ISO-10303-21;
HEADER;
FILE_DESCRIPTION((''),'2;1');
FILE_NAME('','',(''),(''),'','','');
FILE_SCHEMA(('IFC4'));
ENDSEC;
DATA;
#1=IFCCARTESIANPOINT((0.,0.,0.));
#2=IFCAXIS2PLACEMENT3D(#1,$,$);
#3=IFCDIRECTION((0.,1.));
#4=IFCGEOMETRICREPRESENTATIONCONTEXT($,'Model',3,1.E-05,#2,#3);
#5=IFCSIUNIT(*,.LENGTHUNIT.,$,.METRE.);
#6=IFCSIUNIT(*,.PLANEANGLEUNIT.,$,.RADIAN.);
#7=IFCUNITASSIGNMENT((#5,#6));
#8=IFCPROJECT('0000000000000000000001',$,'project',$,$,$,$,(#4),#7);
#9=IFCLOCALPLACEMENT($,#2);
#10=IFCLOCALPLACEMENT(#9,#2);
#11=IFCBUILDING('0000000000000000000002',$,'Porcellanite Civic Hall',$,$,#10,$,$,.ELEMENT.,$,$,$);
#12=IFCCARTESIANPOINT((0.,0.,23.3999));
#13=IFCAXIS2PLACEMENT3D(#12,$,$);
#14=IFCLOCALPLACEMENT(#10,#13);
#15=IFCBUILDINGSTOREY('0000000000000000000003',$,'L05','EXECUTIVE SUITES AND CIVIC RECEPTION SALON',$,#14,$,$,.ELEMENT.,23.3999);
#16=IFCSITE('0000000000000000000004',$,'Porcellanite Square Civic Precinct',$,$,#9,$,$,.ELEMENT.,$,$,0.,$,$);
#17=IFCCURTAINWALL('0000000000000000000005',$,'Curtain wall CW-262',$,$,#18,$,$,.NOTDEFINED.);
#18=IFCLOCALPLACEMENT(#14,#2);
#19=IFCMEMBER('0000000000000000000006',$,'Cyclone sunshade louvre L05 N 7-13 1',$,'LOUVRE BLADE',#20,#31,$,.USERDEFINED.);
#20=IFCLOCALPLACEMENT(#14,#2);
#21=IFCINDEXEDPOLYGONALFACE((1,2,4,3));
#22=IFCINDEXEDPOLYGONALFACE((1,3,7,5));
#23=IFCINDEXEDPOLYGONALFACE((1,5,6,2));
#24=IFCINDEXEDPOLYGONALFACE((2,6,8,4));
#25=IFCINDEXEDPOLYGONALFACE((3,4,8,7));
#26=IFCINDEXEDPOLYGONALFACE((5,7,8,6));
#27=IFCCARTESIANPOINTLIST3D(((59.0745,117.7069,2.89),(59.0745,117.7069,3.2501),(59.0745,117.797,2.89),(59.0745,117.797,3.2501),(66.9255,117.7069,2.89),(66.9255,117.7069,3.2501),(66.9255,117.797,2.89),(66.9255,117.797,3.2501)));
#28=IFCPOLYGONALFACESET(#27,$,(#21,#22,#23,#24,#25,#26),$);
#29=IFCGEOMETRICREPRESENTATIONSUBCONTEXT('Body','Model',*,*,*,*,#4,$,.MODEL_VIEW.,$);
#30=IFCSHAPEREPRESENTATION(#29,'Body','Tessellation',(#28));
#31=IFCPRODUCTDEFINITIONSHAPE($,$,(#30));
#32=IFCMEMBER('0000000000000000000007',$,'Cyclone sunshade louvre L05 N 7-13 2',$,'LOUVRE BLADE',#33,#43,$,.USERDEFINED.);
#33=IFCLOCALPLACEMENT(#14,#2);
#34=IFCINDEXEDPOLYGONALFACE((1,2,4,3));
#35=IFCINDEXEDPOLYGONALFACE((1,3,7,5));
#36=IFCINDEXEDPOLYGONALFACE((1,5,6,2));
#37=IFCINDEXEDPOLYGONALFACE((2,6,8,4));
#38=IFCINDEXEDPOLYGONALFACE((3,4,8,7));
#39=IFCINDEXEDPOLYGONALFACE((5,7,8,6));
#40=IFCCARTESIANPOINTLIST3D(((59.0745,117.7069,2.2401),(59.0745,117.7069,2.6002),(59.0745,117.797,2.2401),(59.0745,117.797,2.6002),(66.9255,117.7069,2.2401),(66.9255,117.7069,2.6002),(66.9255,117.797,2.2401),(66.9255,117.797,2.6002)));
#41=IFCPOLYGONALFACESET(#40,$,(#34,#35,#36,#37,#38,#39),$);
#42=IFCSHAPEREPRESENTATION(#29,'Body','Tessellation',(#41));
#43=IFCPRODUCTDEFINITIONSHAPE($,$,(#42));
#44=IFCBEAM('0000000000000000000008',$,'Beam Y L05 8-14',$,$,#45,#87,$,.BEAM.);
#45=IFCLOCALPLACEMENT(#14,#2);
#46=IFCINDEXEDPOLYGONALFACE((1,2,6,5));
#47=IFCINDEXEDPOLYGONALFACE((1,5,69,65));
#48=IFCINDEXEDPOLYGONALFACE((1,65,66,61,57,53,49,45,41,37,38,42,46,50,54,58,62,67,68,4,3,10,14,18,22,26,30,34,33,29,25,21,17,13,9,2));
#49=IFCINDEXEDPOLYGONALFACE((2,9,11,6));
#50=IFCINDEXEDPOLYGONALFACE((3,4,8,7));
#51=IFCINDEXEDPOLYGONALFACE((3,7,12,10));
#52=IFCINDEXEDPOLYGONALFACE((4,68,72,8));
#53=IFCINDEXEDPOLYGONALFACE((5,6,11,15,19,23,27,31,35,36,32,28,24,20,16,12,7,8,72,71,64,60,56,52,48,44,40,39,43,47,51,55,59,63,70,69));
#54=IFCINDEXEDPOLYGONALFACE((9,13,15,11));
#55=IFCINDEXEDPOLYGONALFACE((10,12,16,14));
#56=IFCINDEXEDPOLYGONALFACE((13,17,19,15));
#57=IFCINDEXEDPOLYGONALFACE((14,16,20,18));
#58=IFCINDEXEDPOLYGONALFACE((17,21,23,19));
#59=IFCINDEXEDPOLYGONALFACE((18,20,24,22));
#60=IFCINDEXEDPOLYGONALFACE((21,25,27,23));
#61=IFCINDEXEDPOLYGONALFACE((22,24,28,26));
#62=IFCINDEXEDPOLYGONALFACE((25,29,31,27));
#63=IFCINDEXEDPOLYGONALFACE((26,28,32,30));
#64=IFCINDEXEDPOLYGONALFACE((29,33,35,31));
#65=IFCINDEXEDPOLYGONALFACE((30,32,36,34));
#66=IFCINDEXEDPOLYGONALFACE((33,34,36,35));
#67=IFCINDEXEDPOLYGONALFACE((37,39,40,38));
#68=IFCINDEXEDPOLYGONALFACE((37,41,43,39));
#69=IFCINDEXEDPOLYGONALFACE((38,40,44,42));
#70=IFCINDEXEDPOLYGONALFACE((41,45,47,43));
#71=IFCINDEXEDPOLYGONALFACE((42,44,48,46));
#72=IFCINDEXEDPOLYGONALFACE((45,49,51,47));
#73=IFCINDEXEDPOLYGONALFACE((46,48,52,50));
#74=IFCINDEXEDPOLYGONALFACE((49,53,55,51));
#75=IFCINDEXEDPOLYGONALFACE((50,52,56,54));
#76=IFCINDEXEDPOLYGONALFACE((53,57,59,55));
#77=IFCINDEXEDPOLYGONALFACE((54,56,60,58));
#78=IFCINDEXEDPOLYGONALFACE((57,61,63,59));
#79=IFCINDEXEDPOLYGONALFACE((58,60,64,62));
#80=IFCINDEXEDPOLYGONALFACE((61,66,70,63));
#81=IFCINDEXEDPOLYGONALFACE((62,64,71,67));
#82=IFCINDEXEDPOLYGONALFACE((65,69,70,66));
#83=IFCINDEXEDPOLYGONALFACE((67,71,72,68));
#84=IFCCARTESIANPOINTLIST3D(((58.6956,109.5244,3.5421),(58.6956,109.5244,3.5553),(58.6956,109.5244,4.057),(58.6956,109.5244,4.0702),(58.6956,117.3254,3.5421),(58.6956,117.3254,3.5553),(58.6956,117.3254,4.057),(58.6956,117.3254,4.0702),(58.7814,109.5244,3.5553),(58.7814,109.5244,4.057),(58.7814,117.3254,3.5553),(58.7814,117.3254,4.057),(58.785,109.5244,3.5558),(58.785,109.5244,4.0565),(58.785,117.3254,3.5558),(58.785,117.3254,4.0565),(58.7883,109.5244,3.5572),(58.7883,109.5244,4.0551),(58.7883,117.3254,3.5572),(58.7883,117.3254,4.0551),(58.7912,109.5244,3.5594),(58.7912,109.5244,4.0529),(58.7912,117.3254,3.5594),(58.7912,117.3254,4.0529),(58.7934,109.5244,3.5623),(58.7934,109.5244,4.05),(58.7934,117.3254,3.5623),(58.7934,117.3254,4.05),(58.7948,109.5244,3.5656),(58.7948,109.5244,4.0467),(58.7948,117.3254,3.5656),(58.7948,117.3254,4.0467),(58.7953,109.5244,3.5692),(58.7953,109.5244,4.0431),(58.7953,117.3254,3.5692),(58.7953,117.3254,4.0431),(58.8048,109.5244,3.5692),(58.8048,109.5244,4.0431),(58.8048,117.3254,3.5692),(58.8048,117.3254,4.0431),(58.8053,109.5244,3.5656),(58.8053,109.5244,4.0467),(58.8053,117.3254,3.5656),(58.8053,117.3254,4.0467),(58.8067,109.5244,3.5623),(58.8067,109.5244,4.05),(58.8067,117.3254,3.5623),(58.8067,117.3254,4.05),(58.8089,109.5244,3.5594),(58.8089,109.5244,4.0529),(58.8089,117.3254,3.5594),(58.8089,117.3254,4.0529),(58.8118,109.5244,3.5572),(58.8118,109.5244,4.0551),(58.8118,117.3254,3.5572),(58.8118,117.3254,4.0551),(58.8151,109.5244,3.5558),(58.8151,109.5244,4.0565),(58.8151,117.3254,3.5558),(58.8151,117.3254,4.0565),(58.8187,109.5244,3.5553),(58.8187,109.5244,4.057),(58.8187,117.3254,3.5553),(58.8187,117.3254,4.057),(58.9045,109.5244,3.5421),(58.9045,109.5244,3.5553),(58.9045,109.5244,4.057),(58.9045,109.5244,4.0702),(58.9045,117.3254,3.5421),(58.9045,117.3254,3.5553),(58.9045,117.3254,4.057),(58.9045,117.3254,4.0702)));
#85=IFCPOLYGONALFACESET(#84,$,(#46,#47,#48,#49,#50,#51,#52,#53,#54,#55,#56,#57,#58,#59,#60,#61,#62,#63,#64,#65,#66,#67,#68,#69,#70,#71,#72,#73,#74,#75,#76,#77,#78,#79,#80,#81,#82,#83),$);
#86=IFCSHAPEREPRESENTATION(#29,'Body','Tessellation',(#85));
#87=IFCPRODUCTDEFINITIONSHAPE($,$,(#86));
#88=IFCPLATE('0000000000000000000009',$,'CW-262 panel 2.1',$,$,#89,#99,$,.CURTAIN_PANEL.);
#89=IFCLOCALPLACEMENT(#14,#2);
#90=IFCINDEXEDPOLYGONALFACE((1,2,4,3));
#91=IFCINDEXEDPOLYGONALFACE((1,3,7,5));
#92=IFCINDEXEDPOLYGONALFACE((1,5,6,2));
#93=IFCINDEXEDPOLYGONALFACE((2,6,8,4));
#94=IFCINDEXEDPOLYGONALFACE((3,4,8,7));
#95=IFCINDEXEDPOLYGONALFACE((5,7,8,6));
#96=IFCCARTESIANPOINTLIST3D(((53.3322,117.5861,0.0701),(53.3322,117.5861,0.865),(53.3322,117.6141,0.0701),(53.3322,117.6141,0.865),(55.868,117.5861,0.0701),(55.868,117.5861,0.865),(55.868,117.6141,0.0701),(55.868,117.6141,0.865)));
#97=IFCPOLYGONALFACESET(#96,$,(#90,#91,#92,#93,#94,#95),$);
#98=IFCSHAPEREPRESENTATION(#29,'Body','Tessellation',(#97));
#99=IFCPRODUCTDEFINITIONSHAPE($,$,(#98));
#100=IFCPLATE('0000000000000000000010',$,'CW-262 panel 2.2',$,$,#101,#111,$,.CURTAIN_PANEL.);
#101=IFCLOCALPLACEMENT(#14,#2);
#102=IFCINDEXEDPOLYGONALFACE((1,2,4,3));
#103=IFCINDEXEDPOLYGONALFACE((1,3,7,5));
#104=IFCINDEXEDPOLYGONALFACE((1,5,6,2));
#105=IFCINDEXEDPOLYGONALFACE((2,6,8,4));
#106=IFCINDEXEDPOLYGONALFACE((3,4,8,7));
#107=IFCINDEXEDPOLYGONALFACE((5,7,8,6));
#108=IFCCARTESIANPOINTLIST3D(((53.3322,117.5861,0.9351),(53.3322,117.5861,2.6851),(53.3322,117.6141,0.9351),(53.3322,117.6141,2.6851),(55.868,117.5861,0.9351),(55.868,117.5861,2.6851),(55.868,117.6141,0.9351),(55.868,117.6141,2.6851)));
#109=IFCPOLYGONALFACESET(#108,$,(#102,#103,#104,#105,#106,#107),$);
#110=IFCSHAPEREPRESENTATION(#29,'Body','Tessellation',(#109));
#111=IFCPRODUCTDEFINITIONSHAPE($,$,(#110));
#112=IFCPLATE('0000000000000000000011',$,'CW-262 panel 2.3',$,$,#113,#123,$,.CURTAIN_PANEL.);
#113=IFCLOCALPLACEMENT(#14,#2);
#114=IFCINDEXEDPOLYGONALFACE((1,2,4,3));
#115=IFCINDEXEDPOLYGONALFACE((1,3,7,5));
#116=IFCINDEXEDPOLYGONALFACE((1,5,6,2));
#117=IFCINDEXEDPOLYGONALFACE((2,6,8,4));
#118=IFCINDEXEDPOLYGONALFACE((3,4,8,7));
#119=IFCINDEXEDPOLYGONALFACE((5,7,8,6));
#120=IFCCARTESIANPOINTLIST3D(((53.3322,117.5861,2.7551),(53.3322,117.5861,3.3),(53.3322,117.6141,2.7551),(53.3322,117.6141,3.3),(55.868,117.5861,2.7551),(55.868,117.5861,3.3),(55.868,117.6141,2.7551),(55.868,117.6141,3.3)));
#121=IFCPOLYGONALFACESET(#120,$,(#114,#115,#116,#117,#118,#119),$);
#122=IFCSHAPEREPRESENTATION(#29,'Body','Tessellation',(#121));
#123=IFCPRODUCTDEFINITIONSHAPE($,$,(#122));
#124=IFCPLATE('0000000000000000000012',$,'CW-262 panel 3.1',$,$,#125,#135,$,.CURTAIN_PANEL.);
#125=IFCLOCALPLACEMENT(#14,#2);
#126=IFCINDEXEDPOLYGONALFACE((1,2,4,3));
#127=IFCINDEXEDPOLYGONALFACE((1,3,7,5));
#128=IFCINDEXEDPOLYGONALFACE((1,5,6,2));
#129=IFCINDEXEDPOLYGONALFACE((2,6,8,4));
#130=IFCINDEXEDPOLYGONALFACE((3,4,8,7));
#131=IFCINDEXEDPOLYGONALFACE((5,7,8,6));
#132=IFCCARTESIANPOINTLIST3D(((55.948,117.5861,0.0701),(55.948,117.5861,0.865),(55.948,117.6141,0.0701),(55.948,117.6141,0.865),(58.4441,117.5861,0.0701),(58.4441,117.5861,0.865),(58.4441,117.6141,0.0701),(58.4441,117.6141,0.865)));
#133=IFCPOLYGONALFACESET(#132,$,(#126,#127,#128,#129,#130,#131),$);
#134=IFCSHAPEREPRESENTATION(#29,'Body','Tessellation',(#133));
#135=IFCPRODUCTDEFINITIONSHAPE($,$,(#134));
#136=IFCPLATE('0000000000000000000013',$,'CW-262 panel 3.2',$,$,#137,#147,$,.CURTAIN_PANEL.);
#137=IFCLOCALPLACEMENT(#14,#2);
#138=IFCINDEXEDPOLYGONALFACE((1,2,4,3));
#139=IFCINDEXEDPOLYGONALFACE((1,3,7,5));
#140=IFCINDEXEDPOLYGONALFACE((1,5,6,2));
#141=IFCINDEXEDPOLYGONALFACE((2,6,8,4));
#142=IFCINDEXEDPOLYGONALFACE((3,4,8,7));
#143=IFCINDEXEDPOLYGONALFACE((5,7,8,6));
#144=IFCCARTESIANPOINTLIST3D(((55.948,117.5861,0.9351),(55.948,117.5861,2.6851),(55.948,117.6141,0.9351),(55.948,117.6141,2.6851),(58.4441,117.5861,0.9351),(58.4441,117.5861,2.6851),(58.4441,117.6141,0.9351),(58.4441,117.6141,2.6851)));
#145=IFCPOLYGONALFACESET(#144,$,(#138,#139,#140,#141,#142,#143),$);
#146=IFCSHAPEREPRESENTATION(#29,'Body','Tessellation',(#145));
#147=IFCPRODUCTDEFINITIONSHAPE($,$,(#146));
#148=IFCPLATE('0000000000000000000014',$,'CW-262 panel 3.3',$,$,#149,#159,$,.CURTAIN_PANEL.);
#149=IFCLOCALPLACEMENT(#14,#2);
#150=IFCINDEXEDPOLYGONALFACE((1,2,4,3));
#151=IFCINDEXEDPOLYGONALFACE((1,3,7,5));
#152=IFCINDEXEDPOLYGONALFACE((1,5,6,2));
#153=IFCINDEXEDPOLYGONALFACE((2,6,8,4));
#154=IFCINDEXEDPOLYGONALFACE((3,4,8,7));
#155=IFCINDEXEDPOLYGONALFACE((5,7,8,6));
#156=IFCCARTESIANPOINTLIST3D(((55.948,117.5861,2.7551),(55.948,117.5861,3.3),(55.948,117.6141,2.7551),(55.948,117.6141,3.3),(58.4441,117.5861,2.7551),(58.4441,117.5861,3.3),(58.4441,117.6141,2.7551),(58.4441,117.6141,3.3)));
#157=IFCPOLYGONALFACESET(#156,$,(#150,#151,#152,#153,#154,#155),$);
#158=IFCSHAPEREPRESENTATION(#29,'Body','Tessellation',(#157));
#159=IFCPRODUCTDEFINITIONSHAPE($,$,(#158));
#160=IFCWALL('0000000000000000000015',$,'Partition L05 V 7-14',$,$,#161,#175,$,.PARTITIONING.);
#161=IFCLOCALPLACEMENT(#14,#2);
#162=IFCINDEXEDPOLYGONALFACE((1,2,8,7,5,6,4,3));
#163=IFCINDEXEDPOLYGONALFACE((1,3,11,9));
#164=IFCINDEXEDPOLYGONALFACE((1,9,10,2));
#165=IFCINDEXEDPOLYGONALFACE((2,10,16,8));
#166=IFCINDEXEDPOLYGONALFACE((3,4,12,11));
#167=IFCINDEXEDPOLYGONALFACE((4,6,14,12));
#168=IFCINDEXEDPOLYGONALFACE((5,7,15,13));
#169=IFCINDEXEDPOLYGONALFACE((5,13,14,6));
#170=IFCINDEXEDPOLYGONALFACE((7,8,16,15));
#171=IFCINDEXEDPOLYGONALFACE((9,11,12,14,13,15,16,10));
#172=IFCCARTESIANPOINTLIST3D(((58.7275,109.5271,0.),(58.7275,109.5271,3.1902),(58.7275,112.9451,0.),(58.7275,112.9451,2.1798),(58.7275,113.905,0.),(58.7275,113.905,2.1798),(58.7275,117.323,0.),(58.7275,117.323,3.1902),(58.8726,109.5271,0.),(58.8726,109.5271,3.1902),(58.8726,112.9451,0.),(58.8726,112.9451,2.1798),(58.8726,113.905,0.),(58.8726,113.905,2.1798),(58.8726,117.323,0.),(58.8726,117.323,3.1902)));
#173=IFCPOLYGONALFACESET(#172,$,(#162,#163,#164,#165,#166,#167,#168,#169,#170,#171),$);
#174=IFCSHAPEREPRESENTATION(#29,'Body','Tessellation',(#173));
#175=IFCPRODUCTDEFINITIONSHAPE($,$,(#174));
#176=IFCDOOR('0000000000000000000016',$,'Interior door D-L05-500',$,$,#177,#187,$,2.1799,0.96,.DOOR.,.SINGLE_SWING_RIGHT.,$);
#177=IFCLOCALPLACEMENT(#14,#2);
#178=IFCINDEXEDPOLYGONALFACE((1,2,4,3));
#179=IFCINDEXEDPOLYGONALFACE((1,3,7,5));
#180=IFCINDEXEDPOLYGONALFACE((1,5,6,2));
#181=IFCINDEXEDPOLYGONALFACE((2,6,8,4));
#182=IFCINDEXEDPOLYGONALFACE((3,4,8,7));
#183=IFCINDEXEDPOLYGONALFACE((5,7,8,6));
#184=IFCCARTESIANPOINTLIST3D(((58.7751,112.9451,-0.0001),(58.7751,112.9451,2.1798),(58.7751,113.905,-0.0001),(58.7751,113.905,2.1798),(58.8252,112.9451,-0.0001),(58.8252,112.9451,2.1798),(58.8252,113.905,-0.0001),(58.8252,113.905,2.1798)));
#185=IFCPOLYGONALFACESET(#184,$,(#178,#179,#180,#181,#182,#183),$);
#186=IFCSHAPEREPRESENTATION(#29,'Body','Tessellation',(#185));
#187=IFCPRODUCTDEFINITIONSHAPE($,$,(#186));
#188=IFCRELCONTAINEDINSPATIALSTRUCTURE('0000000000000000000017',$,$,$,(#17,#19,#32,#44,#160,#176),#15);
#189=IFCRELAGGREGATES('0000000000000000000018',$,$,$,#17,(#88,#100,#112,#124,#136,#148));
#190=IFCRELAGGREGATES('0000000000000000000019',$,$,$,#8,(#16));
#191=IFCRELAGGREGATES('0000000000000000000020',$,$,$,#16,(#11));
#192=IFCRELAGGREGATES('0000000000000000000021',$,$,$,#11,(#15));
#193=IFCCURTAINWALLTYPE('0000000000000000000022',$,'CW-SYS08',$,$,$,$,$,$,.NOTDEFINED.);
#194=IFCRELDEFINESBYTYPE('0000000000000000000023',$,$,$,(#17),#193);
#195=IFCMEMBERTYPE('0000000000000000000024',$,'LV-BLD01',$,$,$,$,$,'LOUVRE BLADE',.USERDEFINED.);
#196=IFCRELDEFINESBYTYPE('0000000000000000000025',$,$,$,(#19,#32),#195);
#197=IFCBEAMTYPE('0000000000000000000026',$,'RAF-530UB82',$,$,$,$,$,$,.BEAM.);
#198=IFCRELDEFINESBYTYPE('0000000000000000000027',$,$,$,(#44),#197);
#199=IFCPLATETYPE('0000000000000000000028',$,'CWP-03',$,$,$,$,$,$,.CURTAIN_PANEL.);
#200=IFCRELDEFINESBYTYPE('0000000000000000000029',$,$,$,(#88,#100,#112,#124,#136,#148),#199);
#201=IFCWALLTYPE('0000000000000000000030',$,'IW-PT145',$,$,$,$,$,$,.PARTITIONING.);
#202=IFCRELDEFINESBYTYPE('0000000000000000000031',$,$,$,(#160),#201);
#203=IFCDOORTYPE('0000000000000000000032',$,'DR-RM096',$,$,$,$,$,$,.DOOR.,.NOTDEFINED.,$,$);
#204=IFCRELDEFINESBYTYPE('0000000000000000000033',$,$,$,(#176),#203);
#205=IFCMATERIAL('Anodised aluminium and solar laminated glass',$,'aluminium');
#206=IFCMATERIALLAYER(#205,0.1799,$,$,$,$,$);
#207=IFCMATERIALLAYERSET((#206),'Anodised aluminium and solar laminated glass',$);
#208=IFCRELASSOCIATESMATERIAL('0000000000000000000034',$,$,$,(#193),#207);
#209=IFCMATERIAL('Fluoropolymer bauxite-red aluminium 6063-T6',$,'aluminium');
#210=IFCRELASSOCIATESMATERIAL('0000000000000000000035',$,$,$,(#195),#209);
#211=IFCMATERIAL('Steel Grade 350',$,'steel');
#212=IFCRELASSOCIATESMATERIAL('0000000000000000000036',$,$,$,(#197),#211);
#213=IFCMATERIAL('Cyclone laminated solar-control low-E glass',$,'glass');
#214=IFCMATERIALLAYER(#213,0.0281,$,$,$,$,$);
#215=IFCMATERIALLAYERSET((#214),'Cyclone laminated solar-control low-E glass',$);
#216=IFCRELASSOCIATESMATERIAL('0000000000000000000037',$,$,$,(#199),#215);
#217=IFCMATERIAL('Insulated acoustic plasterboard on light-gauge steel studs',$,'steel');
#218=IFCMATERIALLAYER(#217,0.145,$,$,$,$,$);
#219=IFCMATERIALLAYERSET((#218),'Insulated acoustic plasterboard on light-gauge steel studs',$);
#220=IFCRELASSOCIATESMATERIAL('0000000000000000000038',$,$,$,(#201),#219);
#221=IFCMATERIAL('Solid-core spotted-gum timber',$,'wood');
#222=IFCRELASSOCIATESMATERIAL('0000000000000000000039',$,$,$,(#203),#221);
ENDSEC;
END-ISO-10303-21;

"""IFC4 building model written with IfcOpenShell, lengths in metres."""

from ifc_helpers import new_model, si_unit, direction, frame, frame_2d, origin, origin_2d, place, context, subcontext, project, spatial, rectangle, i_section, extrude, material, layer, layer_set, material_profile, profile_set, type_object, element, fill, aggregate, save


model = new_model("IFC4")

# Units and contexts
model_context = context("Model", 3, precision=1e-05, world=origin(), true_north=direction((0.0, 1.0)))
body_context = subcontext(model_context, "Body", "Model", "MODEL_VIEW")
ifc_project = project(units=[si_unit("LENGTHUNIT", "METRE"), si_unit("PLANEANGLEUNIT", "RADIAN")], contexts=[model_context])

# Site, building, storey
site_placement = place(None, origin())
site = spatial("IfcSite", under=ifc_project, at=site_placement, Name="Porcellanite Square Civic Precinct", CompositionType="ELEMENT", RefElevation=0.0)
building_placement = place(site_placement, origin())
building = spatial("IfcBuilding", under=site, at=building_placement, Name="Porcellanite Civic Hall", CompositionType="ELEMENT")
storey_placement = place(building_placement, frame((0.0, 0.0, 23.3999)))
storey = spatial("IfcBuildingStorey", under=building, at=storey_placement, Name="L05", Description="EXECUTIVE SUITES AND CIVIC RECEPTION SALON", CompositionType="ELEMENT", Elevation=23.3999)

# Curtain wall
ifc_material_1 = material(Name="Anodised aluminium and solar laminated glass", Category="aluminium")
ifc_layer_1 = layer(ifc_material_1, 0.1799)
ifc_layer_set_1 = layer_set([ifc_layer_1], Name="Anodised aluminium and solar laminated glass")
curtain_wall_type_1 = type_object("IfcCurtainWallType", Name="CW-SYS08", PredefinedType="NOTDEFINED", material=ifc_layer_set_1)
curtain_wall_1_placement = place(storey_placement, origin())
curtain_wall_1 = element("IfcCurtainWall", 1, at=curtain_wall_1_placement, inside=storey, type_object=curtain_wall_type_1, Name="Curtain wall CW-262", PredefinedType="NOTDEFINED")

# Members
ifc_material_2 = material(Name="Fluoropolymer bauxite-red aluminium 6063-T6", Category="aluminium")
ifc_material_profile_1 = material_profile(ifc_material_2, rectangle(XDim=0.0901, YDim=0.3601, at=origin_2d()), Name="AL-90x360")
ifc_profile_set_1 = profile_set([ifc_material_profile_1], Name="Fluoropolymer bauxite-red aluminium 6063-T6")
member_type_1 = type_object("IfcMemberType", Name="LV-BLD01", ElementType="LOUVRE BLADE", PredefinedType="USERDEFINED", material=ifc_profile_set_1)
for number, where, z_axis, x_axis, name in (
    (2, (59.0745, 117.752, 3.0701), (1.0, 0.0, 0.0), (0.0, 1.0, 0.0), "Cyclone sunshade louvre L05 N 7-13 1"),
    (3, (59.0745, 117.752, 2.4202), (1.0, 0.0, 0.0), (0.0, 1.0, 0.0), "Cyclone sunshade louvre L05 N 7-13 2"),
):
    element("IfcMember", number, at=place(storey_placement, frame(where, z_axis=z_axis, x_axis=x_axis)), inside=storey, type_object=member_type_1, Name=name, ObjectType="LOUVRE BLADE", PredefinedType="USERDEFINED", context=body_context, shape_type="SweptSolid", body=[
        extrude(rectangle(XDim=0.0901, YDim=0.3601, at=origin_2d()), origin(), (0.0, 0.0, 1.0), 7.8511),
    ])

# Beam
ifc_material_3 = material(Name="Steel Grade 350", Category="steel")
ifc_material_profile_2 = material_profile(ifc_material_3, i_section(OverallWidth=0.209, OverallDepth=0.5281, WebThickness=0.0095, FlangeThickness=0.0132, FilletRadius=0.0139, at=origin_2d()), Name="530UB82.0")
ifc_profile_set_2 = profile_set([ifc_material_profile_2], Name="Steel Grade 350")
beam_type_1 = type_object("IfcBeamType", Name="RAF-530UB82", PredefinedType="BEAM", material=ifc_profile_set_2)
beam_1_placement = place(storey_placement, frame((58.8, 109.5244, 3.8062), z_axis=(0.0, 1.0, 0.0), x_axis=(-1.0, 0.0, 0.0)))
element("IfcBeam", 4, at=beam_1_placement, inside=storey, type_object=beam_type_1, Name="Beam Y L05 8-14", PredefinedType="BEAM", context=body_context, shape_type="SweptSolid", body=[
    extrude(i_section(OverallWidth=0.209, OverallDepth=0.5281, WebThickness=0.0095, FlangeThickness=0.0132, FilletRadius=0.0139, at=origin_2d()), origin(), (0.0, 0.0, 1.0), 7.801),
])

# Plates
ifc_material_4 = material(Name="Cyclone laminated solar-control low-E glass", Category="glass")
ifc_layer_2 = layer(ifc_material_4, 0.0281)
ifc_layer_set_2 = layer_set([ifc_layer_2], Name="Cyclone laminated solar-control low-E glass")
plate_type = type_object("IfcPlateType", Name="CWP-03", PredefinedType="CURTAIN_PANEL", material=ifc_layer_set_2)
plate_1_placement = place(storey_placement, frame((54.6001, 117.6001, 0.0701), z_axis=(0.0, 0.0, 1.0), x_axis=(1.0, 0.0, 0.0)))
plate_1 = element("IfcPlate", 5, at=plate_1_placement, type_object=plate_type, Name="CW-262 panel 2.1", PredefinedType="CURTAIN_PANEL", context=body_context, shape_type="SweptSolid", body=[
    extrude(rectangle(XDim=2.5359, YDim=0.0281, at=origin_2d()), origin(), (0.0, 0.0, 1.0), 0.7949),
])
plate_2_placement = place(storey_placement, frame((54.6001, 117.6001, 0.9351), z_axis=(0.0, 0.0, 1.0), x_axis=(1.0, 0.0, 0.0)))
plate_2 = element("IfcPlate", 6, at=plate_2_placement, type_object=plate_type, Name="CW-262 panel 2.2", PredefinedType="CURTAIN_PANEL", context=body_context, shape_type="SweptSolid", body=[
    extrude(rectangle(XDim=2.5359, YDim=0.0281, at=origin_2d()), origin(), (0.0, 0.0, 1.0), 1.75),
])
plate_3_placement = place(storey_placement, frame((54.6001, 117.6001, 2.7551), z_axis=(0.0, 0.0, 1.0), x_axis=(1.0, 0.0, 0.0)))
plate_3 = element("IfcPlate", 7, at=plate_3_placement, type_object=plate_type, Name="CW-262 panel 2.3", PredefinedType="CURTAIN_PANEL", context=body_context, shape_type="SweptSolid", body=[
    extrude(rectangle(XDim=2.5359, YDim=0.0281, at=origin_2d()), origin(), (0.0, 0.0, 1.0), 0.5449),
])
plate_4_placement = place(storey_placement, frame((57.196, 117.6001, 0.0701), z_axis=(0.0, 0.0, 1.0), x_axis=(1.0, 0.0, 0.0)))
plate_4 = element("IfcPlate", 8, at=plate_4_placement, type_object=plate_type, Name="CW-262 panel 3.1", PredefinedType="CURTAIN_PANEL", context=body_context, shape_type="SweptSolid", body=[
    extrude(rectangle(XDim=2.4961, YDim=0.0281, at=origin_2d()), origin(), (0.0, 0.0, 1.0), 0.7949),
])
plate_5_placement = place(storey_placement, frame((57.196, 117.6001, 0.9351), z_axis=(0.0, 0.0, 1.0), x_axis=(1.0, 0.0, 0.0)))
plate_5 = element("IfcPlate", 9, at=plate_5_placement, type_object=plate_type, Name="CW-262 panel 3.2", PredefinedType="CURTAIN_PANEL", context=body_context, shape_type="SweptSolid", body=[
    extrude(rectangle(XDim=2.4961, YDim=0.0281, at=origin_2d()), origin(), (0.0, 0.0, 1.0), 1.75),
])
plate_6_placement = place(storey_placement, frame((57.196, 117.6001, 2.7551), z_axis=(0.0, 0.0, 1.0), x_axis=(1.0, 0.0, 0.0)))
plate_6 = element("IfcPlate", 10, at=plate_6_placement, type_object=plate_type, Name="CW-262 panel 3.3", PredefinedType="CURTAIN_PANEL", context=body_context, shape_type="SweptSolid", body=[
    extrude(rectangle(XDim=2.4961, YDim=0.0281, at=origin_2d()), origin(), (0.0, 0.0, 1.0), 0.5449),
])
aggregate(curtain_wall_1, [plate_1, plate_2, plate_3, plate_4, plate_5, plate_6])

# Wall, opening, door
ifc_material_5 = material(Name="Insulated acoustic plasterboard on light-gauge steel studs", Category="steel")
ifc_layer_3 = layer(ifc_material_5, 0.145)
ifc_layer_set_3 = layer_set([ifc_layer_3], Name="Insulated acoustic plasterboard on light-gauge steel studs")
wall_type_1 = type_object("IfcWallType", Name="IW-PT145", PredefinedType="PARTITIONING", material=ifc_layer_set_3)
wall_1_placement = place(storey_placement, frame((58.8, 109.5271, 0.0), z_axis=(0.0, 0.0, 1.0), x_axis=(0.0, 1.0, 0.0)))
wall_1 = element("IfcWall", 11, at=wall_1_placement, inside=storey, type_object=wall_type_1, Name="Partition L05 V 7-14", PredefinedType="PARTITIONING", context=body_context, shape_type="SweptSolid", body=[
    extrude(rectangle(XDim=7.7959, YDim=0.145, at=frame_2d((3.8979, 0.0))), origin(), (0.0, 0.0, 1.0), 3.1902),
])
opening_1_placement = place(wall_1_placement, frame((3.418, 0.0, 0.0)))
opening_1 = element("IfcOpeningElement", 12, at=opening_1_placement, cuts=wall_1, PredefinedType="OPENING", context=body_context, shape_type="SweptSolid", body=[
    extrude(rectangle(XDim=0.96, YDim=2.1799, at=frame_2d((0.48, 1.0898))), frame((0.0, 0.0725, 0.0), z_axis=(0.0, -1.0, 0.0), x_axis=(1.0, 0.0, 0.0)), (0.0, 0.0, 1.0), 0.145),
])
ifc_material_6 = material(Name="Solid-core spotted-gum timber", Category="wood")
door_type_1 = type_object("IfcDoorType", Name="DR-RM096", OperationType="NOTDEFINED", PredefinedType="DOOR", material=ifc_material_6)
door_1_placement = place(opening_1_placement, origin())
door_1 = element("IfcDoor", 13, at=door_1_placement, inside=storey, type_object=door_type_1, Name="Interior door D-L05-500", OperationType="SINGLE_SWING_RIGHT", OverallHeight=2.1799, OverallWidth=0.96, PredefinedType="DOOR", context=body_context, shape_type="SweptSolid", body=[
    extrude(rectangle(XDim=0.96, YDim=2.1799, at=frame_2d((0.48, 1.0898))), frame((0.0, 0.0249, 0.0), z_axis=(0.0, -1.0, 0.0), x_axis=(1.0, 0.0, 0.0)), (0.0, 0.0, 1.0), 0.05),
])
fill(opening_1, door_1)

save(model, "model.ifc")
